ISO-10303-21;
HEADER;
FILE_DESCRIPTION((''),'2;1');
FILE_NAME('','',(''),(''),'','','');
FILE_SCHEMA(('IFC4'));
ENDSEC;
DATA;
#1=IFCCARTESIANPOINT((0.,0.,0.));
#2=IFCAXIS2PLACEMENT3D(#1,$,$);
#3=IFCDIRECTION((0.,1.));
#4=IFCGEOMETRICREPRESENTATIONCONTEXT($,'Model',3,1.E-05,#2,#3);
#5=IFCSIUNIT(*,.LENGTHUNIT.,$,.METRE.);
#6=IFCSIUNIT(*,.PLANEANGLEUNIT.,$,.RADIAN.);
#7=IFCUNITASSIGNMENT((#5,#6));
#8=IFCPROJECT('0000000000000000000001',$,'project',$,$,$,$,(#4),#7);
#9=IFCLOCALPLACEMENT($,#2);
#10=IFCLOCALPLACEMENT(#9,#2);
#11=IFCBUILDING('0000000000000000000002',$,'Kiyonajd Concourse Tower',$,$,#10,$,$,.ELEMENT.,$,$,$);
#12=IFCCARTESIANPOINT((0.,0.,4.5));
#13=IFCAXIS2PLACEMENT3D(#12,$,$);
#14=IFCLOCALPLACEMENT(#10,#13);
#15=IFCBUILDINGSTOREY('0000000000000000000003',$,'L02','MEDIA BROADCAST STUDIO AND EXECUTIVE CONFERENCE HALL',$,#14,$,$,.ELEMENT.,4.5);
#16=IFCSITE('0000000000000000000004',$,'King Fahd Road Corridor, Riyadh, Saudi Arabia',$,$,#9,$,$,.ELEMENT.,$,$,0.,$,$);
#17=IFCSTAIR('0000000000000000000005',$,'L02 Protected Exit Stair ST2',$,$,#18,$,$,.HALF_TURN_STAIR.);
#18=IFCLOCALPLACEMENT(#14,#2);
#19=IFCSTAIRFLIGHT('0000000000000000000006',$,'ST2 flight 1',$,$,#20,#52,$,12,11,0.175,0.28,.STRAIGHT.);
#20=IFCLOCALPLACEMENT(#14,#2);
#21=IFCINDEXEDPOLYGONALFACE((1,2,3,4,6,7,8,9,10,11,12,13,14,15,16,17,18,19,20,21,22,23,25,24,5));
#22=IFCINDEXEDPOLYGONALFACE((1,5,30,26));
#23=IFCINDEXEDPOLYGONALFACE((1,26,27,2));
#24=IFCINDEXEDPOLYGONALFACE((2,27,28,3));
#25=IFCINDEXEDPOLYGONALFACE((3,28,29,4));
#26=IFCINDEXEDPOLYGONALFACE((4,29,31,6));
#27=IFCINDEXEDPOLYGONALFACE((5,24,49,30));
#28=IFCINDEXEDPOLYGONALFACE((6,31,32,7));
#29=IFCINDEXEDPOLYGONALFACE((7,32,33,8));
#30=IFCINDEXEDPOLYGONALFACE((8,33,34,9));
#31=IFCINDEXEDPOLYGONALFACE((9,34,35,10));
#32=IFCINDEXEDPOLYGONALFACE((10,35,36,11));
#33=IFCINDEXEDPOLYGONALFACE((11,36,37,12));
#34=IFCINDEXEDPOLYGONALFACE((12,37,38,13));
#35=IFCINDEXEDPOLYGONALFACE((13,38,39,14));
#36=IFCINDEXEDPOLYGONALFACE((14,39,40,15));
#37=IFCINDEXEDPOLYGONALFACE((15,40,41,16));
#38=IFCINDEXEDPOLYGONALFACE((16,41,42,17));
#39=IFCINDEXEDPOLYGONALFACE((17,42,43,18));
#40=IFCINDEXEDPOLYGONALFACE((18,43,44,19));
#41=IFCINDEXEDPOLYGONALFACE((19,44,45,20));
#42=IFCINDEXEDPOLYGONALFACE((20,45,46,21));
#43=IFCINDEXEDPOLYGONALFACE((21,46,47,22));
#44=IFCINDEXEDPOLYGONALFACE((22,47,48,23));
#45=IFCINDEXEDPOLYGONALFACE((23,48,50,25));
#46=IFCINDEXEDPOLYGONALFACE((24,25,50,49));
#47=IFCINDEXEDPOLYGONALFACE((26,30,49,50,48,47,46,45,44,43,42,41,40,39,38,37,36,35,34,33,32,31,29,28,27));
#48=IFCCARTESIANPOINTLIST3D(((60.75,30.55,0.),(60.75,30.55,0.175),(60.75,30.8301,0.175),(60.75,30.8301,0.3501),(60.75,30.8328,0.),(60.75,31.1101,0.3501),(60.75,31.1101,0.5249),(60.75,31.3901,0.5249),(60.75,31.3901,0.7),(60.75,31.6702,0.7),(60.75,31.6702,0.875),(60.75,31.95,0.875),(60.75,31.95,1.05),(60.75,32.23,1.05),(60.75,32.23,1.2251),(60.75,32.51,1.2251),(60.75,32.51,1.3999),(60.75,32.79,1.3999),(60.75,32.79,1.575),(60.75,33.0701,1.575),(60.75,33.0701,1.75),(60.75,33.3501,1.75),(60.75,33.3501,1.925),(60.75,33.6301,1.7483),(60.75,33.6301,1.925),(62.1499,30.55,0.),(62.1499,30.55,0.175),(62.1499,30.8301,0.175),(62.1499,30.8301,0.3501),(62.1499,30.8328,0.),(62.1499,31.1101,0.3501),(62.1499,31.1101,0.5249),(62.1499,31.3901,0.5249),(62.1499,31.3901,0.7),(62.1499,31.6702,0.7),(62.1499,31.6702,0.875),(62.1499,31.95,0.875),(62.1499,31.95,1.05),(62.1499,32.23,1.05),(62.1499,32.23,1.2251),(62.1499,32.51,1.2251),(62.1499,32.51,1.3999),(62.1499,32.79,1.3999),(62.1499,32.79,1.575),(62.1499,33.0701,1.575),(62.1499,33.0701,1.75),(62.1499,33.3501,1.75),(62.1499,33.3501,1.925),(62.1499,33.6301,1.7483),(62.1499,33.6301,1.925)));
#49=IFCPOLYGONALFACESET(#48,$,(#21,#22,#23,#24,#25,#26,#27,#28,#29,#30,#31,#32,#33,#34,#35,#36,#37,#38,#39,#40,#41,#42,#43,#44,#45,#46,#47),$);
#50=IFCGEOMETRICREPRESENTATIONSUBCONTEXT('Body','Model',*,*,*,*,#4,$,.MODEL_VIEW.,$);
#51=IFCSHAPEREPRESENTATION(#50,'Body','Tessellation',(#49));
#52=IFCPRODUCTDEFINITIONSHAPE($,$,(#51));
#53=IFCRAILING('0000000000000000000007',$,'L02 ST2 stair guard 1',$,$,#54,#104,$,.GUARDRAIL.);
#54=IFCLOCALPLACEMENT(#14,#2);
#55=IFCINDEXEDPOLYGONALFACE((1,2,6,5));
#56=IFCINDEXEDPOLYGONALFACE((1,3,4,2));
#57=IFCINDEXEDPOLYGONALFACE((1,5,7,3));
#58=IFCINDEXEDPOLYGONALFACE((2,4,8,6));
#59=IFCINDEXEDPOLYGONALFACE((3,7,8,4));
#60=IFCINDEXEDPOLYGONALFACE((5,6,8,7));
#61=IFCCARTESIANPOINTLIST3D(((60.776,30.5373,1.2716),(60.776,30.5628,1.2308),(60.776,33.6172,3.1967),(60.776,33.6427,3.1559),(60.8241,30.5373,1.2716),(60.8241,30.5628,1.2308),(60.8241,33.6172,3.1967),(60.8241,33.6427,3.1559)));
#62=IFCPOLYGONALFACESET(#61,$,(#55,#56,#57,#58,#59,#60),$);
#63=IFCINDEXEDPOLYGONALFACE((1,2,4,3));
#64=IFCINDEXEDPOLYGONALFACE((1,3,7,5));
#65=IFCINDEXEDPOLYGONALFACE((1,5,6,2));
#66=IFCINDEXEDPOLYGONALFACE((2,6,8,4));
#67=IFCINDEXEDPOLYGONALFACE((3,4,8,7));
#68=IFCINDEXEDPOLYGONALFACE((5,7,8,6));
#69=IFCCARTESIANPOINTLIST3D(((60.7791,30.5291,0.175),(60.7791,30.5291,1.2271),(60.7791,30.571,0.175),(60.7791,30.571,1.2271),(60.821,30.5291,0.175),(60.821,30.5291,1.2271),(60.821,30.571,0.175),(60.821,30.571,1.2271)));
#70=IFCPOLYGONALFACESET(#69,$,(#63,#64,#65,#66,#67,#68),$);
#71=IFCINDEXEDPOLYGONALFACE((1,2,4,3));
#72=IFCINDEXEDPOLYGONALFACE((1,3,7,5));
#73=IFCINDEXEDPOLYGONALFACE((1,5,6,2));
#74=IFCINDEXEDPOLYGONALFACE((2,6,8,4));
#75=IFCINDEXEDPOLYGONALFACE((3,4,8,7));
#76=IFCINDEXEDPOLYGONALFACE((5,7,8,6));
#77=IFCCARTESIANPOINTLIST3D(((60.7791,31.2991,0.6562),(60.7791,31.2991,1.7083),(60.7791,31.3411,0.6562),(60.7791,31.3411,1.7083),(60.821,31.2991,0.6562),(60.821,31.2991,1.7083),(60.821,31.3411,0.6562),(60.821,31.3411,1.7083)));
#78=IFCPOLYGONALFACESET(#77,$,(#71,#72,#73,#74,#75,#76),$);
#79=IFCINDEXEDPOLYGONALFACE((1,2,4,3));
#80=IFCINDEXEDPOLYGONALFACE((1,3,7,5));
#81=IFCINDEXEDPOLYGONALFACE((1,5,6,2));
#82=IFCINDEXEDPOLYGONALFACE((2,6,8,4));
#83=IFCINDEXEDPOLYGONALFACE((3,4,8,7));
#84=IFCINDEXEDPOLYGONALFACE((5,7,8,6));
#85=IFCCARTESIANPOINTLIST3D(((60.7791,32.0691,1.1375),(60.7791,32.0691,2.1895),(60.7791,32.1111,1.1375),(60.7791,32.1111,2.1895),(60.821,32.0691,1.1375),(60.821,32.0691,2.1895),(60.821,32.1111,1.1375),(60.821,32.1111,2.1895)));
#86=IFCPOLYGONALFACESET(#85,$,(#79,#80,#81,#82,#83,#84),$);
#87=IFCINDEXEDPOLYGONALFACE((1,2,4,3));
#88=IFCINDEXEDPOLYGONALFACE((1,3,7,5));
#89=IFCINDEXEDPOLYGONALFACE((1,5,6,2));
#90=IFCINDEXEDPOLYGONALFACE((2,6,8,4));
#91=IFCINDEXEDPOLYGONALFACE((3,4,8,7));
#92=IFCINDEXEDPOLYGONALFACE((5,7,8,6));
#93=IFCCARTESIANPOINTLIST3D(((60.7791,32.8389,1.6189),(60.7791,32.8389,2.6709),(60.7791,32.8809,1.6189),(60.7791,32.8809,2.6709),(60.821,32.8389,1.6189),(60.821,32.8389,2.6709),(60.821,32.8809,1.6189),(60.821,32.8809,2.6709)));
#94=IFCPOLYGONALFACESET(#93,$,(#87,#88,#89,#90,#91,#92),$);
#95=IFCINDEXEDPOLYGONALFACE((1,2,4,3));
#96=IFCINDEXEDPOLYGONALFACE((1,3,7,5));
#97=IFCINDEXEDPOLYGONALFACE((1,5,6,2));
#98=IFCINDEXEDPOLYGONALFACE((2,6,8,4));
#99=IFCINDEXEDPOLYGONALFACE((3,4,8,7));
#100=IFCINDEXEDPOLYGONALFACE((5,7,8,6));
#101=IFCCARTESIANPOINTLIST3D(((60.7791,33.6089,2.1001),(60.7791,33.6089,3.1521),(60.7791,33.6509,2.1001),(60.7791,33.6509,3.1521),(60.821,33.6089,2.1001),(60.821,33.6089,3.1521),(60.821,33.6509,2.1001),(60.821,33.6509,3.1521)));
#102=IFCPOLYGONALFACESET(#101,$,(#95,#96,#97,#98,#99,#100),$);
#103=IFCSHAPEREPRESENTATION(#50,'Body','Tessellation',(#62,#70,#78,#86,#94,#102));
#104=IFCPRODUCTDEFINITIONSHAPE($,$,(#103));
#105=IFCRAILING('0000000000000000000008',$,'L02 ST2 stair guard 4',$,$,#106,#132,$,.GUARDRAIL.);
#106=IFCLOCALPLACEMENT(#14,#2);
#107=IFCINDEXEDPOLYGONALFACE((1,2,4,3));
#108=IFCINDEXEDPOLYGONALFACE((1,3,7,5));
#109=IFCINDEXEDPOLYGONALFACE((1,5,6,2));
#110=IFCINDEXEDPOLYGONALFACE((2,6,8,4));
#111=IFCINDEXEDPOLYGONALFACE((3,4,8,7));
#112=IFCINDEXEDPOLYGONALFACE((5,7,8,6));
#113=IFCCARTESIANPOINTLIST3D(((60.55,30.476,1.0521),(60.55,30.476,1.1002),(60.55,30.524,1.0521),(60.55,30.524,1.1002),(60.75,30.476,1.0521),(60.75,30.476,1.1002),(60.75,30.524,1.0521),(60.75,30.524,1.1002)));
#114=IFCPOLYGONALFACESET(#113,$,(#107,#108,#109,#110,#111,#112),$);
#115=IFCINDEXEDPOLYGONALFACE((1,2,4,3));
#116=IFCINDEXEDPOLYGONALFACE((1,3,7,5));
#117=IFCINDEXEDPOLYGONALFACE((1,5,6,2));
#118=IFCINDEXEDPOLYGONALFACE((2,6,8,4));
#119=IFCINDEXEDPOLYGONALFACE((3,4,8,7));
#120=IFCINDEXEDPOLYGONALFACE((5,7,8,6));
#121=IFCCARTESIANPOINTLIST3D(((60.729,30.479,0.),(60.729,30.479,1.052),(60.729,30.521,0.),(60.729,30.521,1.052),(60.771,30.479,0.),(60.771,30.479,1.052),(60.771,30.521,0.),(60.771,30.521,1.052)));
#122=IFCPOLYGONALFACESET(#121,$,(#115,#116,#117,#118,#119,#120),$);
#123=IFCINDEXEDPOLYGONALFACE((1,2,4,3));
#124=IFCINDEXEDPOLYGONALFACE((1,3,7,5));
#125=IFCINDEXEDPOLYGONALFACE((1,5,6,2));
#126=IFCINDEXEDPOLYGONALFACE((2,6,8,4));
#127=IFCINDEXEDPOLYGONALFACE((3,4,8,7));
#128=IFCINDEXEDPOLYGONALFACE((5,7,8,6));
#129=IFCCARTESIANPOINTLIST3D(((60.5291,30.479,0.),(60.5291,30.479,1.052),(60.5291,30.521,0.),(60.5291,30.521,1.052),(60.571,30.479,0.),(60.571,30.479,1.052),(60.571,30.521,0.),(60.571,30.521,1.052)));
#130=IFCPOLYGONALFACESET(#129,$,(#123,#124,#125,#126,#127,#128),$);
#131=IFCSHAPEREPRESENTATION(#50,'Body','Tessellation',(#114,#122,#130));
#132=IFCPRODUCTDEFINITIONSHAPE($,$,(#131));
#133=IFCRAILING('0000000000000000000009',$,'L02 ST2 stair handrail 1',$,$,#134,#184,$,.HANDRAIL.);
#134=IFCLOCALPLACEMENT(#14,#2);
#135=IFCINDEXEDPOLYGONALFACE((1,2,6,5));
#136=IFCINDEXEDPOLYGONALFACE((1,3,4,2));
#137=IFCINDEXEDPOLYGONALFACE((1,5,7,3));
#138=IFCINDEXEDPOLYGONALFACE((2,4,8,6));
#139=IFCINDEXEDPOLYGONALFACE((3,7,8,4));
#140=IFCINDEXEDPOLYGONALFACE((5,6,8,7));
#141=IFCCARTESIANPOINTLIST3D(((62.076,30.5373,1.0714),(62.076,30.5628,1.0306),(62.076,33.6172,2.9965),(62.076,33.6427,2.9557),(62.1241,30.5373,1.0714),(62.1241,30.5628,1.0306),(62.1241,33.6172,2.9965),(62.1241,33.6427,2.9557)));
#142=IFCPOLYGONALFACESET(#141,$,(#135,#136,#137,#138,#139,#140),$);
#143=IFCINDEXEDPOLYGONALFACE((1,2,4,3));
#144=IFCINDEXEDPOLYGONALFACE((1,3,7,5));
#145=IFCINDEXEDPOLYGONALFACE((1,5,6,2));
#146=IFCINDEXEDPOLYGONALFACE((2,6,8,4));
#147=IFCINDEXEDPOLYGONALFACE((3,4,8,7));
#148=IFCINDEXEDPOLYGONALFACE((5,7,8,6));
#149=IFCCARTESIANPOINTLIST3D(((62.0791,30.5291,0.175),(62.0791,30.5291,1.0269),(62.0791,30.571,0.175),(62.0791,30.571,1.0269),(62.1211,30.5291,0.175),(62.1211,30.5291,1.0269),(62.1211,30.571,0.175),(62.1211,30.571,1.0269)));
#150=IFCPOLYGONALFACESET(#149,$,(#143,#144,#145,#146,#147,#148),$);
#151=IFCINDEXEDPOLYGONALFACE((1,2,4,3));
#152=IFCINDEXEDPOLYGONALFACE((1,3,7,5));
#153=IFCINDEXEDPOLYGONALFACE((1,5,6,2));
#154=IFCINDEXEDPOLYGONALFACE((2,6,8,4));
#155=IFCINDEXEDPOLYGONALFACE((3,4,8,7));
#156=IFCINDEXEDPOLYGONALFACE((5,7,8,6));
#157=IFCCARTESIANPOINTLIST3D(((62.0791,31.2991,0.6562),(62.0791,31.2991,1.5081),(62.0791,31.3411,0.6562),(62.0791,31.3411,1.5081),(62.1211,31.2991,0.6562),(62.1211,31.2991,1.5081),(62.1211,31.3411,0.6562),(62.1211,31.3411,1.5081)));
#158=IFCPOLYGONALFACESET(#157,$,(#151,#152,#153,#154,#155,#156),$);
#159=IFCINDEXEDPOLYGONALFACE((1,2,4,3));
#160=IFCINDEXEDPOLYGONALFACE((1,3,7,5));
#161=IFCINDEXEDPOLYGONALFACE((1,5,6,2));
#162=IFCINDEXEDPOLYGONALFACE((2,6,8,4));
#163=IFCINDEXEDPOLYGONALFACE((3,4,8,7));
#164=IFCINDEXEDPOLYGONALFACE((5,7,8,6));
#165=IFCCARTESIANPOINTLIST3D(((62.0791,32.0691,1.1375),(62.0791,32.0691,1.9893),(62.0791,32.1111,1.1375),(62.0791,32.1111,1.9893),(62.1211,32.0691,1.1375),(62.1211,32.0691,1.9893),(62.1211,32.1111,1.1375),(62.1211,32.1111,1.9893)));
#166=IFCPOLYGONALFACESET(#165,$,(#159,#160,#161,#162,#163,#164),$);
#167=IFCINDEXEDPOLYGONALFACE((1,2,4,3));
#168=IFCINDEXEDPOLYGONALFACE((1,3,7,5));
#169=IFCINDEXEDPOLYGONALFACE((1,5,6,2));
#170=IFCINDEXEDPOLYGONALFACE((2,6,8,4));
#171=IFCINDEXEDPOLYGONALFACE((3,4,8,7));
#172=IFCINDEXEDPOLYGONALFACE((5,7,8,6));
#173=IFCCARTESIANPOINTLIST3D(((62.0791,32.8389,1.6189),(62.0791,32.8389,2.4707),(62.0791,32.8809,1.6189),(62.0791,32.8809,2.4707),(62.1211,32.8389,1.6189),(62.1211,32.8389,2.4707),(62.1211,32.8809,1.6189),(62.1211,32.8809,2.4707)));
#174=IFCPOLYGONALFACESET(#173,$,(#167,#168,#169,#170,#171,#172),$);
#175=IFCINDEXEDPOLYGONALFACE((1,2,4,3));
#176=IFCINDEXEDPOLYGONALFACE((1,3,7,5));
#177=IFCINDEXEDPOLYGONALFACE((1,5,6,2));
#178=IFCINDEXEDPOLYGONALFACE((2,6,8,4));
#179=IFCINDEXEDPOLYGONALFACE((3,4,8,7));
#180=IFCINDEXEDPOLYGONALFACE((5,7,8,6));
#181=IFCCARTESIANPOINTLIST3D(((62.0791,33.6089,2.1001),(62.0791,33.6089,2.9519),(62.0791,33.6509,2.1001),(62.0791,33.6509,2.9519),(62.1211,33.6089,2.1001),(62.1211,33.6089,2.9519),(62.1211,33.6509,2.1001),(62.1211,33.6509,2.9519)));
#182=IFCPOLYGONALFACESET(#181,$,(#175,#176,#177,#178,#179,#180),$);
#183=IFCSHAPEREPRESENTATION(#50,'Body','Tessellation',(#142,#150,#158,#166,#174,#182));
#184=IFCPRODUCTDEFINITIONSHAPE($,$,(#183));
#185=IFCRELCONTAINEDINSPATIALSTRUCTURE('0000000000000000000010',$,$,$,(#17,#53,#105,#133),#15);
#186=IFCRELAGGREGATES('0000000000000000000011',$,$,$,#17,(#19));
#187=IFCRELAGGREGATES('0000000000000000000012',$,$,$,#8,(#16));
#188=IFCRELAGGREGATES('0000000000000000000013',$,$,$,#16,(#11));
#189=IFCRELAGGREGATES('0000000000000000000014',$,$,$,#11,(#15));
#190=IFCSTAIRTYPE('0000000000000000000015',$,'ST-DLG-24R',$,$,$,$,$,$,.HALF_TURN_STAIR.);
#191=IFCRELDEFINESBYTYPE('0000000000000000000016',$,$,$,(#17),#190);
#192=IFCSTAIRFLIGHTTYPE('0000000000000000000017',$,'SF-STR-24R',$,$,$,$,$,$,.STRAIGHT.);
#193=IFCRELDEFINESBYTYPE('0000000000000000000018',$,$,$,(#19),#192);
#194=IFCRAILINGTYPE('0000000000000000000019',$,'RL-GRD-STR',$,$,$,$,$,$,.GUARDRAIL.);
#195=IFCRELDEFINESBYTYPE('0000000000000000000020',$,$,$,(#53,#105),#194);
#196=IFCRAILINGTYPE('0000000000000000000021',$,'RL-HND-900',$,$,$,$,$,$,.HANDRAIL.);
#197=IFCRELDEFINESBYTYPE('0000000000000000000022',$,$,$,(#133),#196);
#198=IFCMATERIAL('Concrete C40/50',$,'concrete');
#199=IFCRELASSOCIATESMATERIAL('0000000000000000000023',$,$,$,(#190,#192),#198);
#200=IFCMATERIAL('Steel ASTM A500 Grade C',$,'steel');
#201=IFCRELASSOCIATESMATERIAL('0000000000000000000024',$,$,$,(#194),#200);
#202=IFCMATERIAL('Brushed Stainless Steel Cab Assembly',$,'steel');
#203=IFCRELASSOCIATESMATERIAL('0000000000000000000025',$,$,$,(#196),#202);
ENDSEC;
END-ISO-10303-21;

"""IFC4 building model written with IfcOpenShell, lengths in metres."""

from ifc_helpers import new_model, si_unit, direction, frame, origin, origin_2d, place, context, subcontext, project, spatial, polyline, rectangle, outline, extrude, material, type_object, element, aggregate, save


model = new_model("IFC4")

# Units and contexts
model_context = context("Model", 3, precision=1e-05, world=origin(), true_north=direction((0.0, 1.0)))
body_context = subcontext(model_context, "Body", "Model", "MODEL_VIEW")
ifc_project = project(units=[si_unit("LENGTHUNIT", "METRE"), si_unit("PLANEANGLEUNIT", "RADIAN")], contexts=[model_context])

# Site, building, storey
site_placement = place(None, origin())
site = spatial("IfcSite", under=ifc_project, at=site_placement, Name="King Fahd Road Corridor, Riyadh, Saudi Arabia", CompositionType="ELEMENT", RefElevation=0.0)
building_placement = place(site_placement, origin())
building = spatial("IfcBuilding", under=site, at=building_placement, Name="Kiyonajd Concourse Tower", CompositionType="ELEMENT")
storey_placement = place(building_placement, frame((0.0, 0.0, 4.5)))
storey = spatial("IfcBuildingStorey", under=building, at=storey_placement, Name="L02", Description="MEDIA BROADCAST STUDIO AND EXECUTIVE CONFERENCE HALL", CompositionType="ELEMENT", Elevation=4.5)

# Shared definitions
ifc_material_1 = material(Name="Brushed Stainless Steel Cab Assembly", Category="steel")

# Stair, stair flight
ifc_material_2 = material(Name="Concrete C40/50", Category="concrete")
stair_type = type_object("IfcStairType", Name="ST-DLG-24R", PredefinedType="HALF_TURN_STAIR", material=ifc_material_2)
stair_placement = place(storey_placement, origin())
stair = element("IfcStair", 1, at=stair_placement, inside=storey, type_object=stair_type, Name="L02 Protected Exit Stair ST2", PredefinedType="HALF_TURN_STAIR")
stair_flight_type = type_object("IfcStairFlightType", Name="SF-STR-24R", PredefinedType="STRAIGHT", material=ifc_material_2)
stair_flight_placement = place(storey_placement, frame((61.45, 30.55, 0.0), z_axis=(0.0, 0.0, 1.0), x_axis=(0.0, 1.0, 0.0)))
stair_flight = element("IfcStairFlight", 2, at=stair_flight_placement, type_object=stair_flight_type, Name="ST2 flight 1", NumberOfRisers=12, NumberOfTreads=11, PredefinedType="STRAIGHT", RiserHeight=0.175, TreadLength=0.28, context=body_context, shape_type="SweptSolid", body=[
    extrude(outline(polyline([(0.0, 0.0), (0.0, 0.175), (0.28, 0.175), (0.28, 0.3501), (0.5601, 0.3501), (0.5601, 0.5249), (0.8401, 0.5249), (0.8401, 0.7), (1.1201, 0.7), (1.1201, 0.875), (1.3999, 0.875), (1.3999, 1.05), (1.6799, 1.05), (1.6799, 1.2251), (1.96, 1.2251), (1.96, 1.3999), (2.24, 1.3999), (2.24, 1.575), (2.52, 1.575), (2.52, 1.75), (2.8, 1.75), (2.8, 1.925), (3.0801, 1.925), (3.0801, 2.1001), (3.0801, 1.7483), (0.2827, 0.0), (0.0, 0.0)])), frame((0.0, 0.7, 0.0), z_axis=(0.0, -1.0, 0.0), x_axis=(1.0, 0.0, 0.0)), (0.0, 0.0, 1.0), 1.3999),
])
aggregate(stair, [stair_flight])

# Railings
ifc_material_3 = material(Name="Steel ASTM A500 Grade C", Category="steel")
railing_type_1 = type_object("IfcRailingType", Name="RL-GRD-STR", PredefinedType="GUARDRAIL", material=ifc_material_3)
railing_1_placement = place(storey_placement, frame((60.8, 30.55, 0.175)))
element("IfcRailing", 3, at=railing_1_placement, inside=storey, type_object=railing_type_1, Name="L02 ST2 stair guard 1", PredefinedType="GUARDRAIL", context=body_context, shape_type="SweptSolid", body=[
    extrude(rectangle(XDim=0.0481, YDim=0.0481, at=origin_2d()), frame((0.0, 0.0, 1.0762), z_axis=(0.0, 0.847979, 0.530029), x_axis=(-1.0, 0.0, 0.0)), (0.0, 0.0, 1.0), 3.6321),
    extrude(rectangle(XDim=0.042, YDim=0.042, at=origin_2d()), origin(), (0.0, 0.0, 1.0), 1.052),
    extrude(rectangle(XDim=0.042, YDim=0.042, at=origin_2d()), frame((0.0, 0.77, 0.4812)), (0.0, 0.0, 1.0), 1.052),
    extrude(rectangle(XDim=0.042, YDim=0.042, at=origin_2d()), frame((0.0, 1.54, 0.9624)), (0.0, 0.0, 1.0), 1.052),
    extrude(rectangle(XDim=0.042, YDim=0.042, at=origin_2d()), frame((0.0, 2.3098, 1.4438)), (0.0, 0.0, 1.0), 1.052),
    extrude(rectangle(XDim=0.042, YDim=0.042, at=origin_2d()), frame((0.0, 3.0798, 1.925)), (0.0, 0.0, 1.0), 1.052),
])
railing_2_placement = place(storey_placement, frame((60.75, 30.5, 0.0)))
element("IfcRailing", 4, at=railing_2_placement, inside=storey, type_object=railing_type_1, Name="L02 ST2 stair guard 4", PredefinedType="GUARDRAIL", context=body_context, shape_type="SweptSolid", body=[
    extrude(rectangle(XDim=0.0481, YDim=0.0481, at=origin_2d()), frame((0.0, 0.0, 1.0762), z_axis=(-1.0, 0.0, 0.0), x_axis=(0.0, -1.0, 0.0)), (0.0, 0.0, 1.0), 0.2),
    extrude(rectangle(XDim=0.042, YDim=0.042, at=origin_2d()), origin(), (0.0, 0.0, 1.0), 1.052),
    extrude(rectangle(XDim=0.042, YDim=0.042, at=origin_2d()), frame((-0.2, 0.0, 0.0)), (0.0, 0.0, 1.0), 1.052),
])
railing_type_2 = type_object("IfcRailingType", Name="RL-HND-900", PredefinedType="HANDRAIL", material=ifc_material_1)
railing_3_placement = place(storey_placement, frame((62.1001, 30.55, 0.175)))
element("IfcRailing", 5, at=railing_3_placement, inside=storey, type_object=railing_type_2, Name="L02 ST2 stair handrail 1", PredefinedType="HANDRAIL", context=body_context, shape_type="SweptSolid", body=[
    extrude(rectangle(XDim=0.0481, YDim=0.0481, at=origin_2d()), frame((0.0, 0.0, 0.876), z_axis=(0.0, 0.847979, 0.530029), x_axis=(-1.0, 0.0, 0.0)), (0.0, 0.0, 1.0), 3.6321),
    extrude(rectangle(XDim=0.042, YDim=0.042, at=origin_2d()), origin(), (0.0, 0.0, 1.0), 0.8518),
    extrude(rectangle(XDim=0.042, YDim=0.042, at=origin_2d()), frame((0.0, 0.77, 0.4812)), (0.0, 0.0, 1.0), 0.8518),
    extrude(rectangle(XDim=0.042, YDim=0.042, at=origin_2d()), frame((0.0, 1.54, 0.9624)), (0.0, 0.0, 1.0), 0.8518),
    extrude(rectangle(XDim=0.042, YDim=0.042, at=origin_2d()), frame((0.0, 2.3098, 1.4438)), (0.0, 0.0, 1.0), 0.8518),
    extrude(rectangle(XDim=0.042, YDim=0.042, at=origin_2d()), frame((0.0, 3.0798, 1.925)), (0.0, 0.0, 1.0), 0.8518),
])

save(model, "model.ifc")
